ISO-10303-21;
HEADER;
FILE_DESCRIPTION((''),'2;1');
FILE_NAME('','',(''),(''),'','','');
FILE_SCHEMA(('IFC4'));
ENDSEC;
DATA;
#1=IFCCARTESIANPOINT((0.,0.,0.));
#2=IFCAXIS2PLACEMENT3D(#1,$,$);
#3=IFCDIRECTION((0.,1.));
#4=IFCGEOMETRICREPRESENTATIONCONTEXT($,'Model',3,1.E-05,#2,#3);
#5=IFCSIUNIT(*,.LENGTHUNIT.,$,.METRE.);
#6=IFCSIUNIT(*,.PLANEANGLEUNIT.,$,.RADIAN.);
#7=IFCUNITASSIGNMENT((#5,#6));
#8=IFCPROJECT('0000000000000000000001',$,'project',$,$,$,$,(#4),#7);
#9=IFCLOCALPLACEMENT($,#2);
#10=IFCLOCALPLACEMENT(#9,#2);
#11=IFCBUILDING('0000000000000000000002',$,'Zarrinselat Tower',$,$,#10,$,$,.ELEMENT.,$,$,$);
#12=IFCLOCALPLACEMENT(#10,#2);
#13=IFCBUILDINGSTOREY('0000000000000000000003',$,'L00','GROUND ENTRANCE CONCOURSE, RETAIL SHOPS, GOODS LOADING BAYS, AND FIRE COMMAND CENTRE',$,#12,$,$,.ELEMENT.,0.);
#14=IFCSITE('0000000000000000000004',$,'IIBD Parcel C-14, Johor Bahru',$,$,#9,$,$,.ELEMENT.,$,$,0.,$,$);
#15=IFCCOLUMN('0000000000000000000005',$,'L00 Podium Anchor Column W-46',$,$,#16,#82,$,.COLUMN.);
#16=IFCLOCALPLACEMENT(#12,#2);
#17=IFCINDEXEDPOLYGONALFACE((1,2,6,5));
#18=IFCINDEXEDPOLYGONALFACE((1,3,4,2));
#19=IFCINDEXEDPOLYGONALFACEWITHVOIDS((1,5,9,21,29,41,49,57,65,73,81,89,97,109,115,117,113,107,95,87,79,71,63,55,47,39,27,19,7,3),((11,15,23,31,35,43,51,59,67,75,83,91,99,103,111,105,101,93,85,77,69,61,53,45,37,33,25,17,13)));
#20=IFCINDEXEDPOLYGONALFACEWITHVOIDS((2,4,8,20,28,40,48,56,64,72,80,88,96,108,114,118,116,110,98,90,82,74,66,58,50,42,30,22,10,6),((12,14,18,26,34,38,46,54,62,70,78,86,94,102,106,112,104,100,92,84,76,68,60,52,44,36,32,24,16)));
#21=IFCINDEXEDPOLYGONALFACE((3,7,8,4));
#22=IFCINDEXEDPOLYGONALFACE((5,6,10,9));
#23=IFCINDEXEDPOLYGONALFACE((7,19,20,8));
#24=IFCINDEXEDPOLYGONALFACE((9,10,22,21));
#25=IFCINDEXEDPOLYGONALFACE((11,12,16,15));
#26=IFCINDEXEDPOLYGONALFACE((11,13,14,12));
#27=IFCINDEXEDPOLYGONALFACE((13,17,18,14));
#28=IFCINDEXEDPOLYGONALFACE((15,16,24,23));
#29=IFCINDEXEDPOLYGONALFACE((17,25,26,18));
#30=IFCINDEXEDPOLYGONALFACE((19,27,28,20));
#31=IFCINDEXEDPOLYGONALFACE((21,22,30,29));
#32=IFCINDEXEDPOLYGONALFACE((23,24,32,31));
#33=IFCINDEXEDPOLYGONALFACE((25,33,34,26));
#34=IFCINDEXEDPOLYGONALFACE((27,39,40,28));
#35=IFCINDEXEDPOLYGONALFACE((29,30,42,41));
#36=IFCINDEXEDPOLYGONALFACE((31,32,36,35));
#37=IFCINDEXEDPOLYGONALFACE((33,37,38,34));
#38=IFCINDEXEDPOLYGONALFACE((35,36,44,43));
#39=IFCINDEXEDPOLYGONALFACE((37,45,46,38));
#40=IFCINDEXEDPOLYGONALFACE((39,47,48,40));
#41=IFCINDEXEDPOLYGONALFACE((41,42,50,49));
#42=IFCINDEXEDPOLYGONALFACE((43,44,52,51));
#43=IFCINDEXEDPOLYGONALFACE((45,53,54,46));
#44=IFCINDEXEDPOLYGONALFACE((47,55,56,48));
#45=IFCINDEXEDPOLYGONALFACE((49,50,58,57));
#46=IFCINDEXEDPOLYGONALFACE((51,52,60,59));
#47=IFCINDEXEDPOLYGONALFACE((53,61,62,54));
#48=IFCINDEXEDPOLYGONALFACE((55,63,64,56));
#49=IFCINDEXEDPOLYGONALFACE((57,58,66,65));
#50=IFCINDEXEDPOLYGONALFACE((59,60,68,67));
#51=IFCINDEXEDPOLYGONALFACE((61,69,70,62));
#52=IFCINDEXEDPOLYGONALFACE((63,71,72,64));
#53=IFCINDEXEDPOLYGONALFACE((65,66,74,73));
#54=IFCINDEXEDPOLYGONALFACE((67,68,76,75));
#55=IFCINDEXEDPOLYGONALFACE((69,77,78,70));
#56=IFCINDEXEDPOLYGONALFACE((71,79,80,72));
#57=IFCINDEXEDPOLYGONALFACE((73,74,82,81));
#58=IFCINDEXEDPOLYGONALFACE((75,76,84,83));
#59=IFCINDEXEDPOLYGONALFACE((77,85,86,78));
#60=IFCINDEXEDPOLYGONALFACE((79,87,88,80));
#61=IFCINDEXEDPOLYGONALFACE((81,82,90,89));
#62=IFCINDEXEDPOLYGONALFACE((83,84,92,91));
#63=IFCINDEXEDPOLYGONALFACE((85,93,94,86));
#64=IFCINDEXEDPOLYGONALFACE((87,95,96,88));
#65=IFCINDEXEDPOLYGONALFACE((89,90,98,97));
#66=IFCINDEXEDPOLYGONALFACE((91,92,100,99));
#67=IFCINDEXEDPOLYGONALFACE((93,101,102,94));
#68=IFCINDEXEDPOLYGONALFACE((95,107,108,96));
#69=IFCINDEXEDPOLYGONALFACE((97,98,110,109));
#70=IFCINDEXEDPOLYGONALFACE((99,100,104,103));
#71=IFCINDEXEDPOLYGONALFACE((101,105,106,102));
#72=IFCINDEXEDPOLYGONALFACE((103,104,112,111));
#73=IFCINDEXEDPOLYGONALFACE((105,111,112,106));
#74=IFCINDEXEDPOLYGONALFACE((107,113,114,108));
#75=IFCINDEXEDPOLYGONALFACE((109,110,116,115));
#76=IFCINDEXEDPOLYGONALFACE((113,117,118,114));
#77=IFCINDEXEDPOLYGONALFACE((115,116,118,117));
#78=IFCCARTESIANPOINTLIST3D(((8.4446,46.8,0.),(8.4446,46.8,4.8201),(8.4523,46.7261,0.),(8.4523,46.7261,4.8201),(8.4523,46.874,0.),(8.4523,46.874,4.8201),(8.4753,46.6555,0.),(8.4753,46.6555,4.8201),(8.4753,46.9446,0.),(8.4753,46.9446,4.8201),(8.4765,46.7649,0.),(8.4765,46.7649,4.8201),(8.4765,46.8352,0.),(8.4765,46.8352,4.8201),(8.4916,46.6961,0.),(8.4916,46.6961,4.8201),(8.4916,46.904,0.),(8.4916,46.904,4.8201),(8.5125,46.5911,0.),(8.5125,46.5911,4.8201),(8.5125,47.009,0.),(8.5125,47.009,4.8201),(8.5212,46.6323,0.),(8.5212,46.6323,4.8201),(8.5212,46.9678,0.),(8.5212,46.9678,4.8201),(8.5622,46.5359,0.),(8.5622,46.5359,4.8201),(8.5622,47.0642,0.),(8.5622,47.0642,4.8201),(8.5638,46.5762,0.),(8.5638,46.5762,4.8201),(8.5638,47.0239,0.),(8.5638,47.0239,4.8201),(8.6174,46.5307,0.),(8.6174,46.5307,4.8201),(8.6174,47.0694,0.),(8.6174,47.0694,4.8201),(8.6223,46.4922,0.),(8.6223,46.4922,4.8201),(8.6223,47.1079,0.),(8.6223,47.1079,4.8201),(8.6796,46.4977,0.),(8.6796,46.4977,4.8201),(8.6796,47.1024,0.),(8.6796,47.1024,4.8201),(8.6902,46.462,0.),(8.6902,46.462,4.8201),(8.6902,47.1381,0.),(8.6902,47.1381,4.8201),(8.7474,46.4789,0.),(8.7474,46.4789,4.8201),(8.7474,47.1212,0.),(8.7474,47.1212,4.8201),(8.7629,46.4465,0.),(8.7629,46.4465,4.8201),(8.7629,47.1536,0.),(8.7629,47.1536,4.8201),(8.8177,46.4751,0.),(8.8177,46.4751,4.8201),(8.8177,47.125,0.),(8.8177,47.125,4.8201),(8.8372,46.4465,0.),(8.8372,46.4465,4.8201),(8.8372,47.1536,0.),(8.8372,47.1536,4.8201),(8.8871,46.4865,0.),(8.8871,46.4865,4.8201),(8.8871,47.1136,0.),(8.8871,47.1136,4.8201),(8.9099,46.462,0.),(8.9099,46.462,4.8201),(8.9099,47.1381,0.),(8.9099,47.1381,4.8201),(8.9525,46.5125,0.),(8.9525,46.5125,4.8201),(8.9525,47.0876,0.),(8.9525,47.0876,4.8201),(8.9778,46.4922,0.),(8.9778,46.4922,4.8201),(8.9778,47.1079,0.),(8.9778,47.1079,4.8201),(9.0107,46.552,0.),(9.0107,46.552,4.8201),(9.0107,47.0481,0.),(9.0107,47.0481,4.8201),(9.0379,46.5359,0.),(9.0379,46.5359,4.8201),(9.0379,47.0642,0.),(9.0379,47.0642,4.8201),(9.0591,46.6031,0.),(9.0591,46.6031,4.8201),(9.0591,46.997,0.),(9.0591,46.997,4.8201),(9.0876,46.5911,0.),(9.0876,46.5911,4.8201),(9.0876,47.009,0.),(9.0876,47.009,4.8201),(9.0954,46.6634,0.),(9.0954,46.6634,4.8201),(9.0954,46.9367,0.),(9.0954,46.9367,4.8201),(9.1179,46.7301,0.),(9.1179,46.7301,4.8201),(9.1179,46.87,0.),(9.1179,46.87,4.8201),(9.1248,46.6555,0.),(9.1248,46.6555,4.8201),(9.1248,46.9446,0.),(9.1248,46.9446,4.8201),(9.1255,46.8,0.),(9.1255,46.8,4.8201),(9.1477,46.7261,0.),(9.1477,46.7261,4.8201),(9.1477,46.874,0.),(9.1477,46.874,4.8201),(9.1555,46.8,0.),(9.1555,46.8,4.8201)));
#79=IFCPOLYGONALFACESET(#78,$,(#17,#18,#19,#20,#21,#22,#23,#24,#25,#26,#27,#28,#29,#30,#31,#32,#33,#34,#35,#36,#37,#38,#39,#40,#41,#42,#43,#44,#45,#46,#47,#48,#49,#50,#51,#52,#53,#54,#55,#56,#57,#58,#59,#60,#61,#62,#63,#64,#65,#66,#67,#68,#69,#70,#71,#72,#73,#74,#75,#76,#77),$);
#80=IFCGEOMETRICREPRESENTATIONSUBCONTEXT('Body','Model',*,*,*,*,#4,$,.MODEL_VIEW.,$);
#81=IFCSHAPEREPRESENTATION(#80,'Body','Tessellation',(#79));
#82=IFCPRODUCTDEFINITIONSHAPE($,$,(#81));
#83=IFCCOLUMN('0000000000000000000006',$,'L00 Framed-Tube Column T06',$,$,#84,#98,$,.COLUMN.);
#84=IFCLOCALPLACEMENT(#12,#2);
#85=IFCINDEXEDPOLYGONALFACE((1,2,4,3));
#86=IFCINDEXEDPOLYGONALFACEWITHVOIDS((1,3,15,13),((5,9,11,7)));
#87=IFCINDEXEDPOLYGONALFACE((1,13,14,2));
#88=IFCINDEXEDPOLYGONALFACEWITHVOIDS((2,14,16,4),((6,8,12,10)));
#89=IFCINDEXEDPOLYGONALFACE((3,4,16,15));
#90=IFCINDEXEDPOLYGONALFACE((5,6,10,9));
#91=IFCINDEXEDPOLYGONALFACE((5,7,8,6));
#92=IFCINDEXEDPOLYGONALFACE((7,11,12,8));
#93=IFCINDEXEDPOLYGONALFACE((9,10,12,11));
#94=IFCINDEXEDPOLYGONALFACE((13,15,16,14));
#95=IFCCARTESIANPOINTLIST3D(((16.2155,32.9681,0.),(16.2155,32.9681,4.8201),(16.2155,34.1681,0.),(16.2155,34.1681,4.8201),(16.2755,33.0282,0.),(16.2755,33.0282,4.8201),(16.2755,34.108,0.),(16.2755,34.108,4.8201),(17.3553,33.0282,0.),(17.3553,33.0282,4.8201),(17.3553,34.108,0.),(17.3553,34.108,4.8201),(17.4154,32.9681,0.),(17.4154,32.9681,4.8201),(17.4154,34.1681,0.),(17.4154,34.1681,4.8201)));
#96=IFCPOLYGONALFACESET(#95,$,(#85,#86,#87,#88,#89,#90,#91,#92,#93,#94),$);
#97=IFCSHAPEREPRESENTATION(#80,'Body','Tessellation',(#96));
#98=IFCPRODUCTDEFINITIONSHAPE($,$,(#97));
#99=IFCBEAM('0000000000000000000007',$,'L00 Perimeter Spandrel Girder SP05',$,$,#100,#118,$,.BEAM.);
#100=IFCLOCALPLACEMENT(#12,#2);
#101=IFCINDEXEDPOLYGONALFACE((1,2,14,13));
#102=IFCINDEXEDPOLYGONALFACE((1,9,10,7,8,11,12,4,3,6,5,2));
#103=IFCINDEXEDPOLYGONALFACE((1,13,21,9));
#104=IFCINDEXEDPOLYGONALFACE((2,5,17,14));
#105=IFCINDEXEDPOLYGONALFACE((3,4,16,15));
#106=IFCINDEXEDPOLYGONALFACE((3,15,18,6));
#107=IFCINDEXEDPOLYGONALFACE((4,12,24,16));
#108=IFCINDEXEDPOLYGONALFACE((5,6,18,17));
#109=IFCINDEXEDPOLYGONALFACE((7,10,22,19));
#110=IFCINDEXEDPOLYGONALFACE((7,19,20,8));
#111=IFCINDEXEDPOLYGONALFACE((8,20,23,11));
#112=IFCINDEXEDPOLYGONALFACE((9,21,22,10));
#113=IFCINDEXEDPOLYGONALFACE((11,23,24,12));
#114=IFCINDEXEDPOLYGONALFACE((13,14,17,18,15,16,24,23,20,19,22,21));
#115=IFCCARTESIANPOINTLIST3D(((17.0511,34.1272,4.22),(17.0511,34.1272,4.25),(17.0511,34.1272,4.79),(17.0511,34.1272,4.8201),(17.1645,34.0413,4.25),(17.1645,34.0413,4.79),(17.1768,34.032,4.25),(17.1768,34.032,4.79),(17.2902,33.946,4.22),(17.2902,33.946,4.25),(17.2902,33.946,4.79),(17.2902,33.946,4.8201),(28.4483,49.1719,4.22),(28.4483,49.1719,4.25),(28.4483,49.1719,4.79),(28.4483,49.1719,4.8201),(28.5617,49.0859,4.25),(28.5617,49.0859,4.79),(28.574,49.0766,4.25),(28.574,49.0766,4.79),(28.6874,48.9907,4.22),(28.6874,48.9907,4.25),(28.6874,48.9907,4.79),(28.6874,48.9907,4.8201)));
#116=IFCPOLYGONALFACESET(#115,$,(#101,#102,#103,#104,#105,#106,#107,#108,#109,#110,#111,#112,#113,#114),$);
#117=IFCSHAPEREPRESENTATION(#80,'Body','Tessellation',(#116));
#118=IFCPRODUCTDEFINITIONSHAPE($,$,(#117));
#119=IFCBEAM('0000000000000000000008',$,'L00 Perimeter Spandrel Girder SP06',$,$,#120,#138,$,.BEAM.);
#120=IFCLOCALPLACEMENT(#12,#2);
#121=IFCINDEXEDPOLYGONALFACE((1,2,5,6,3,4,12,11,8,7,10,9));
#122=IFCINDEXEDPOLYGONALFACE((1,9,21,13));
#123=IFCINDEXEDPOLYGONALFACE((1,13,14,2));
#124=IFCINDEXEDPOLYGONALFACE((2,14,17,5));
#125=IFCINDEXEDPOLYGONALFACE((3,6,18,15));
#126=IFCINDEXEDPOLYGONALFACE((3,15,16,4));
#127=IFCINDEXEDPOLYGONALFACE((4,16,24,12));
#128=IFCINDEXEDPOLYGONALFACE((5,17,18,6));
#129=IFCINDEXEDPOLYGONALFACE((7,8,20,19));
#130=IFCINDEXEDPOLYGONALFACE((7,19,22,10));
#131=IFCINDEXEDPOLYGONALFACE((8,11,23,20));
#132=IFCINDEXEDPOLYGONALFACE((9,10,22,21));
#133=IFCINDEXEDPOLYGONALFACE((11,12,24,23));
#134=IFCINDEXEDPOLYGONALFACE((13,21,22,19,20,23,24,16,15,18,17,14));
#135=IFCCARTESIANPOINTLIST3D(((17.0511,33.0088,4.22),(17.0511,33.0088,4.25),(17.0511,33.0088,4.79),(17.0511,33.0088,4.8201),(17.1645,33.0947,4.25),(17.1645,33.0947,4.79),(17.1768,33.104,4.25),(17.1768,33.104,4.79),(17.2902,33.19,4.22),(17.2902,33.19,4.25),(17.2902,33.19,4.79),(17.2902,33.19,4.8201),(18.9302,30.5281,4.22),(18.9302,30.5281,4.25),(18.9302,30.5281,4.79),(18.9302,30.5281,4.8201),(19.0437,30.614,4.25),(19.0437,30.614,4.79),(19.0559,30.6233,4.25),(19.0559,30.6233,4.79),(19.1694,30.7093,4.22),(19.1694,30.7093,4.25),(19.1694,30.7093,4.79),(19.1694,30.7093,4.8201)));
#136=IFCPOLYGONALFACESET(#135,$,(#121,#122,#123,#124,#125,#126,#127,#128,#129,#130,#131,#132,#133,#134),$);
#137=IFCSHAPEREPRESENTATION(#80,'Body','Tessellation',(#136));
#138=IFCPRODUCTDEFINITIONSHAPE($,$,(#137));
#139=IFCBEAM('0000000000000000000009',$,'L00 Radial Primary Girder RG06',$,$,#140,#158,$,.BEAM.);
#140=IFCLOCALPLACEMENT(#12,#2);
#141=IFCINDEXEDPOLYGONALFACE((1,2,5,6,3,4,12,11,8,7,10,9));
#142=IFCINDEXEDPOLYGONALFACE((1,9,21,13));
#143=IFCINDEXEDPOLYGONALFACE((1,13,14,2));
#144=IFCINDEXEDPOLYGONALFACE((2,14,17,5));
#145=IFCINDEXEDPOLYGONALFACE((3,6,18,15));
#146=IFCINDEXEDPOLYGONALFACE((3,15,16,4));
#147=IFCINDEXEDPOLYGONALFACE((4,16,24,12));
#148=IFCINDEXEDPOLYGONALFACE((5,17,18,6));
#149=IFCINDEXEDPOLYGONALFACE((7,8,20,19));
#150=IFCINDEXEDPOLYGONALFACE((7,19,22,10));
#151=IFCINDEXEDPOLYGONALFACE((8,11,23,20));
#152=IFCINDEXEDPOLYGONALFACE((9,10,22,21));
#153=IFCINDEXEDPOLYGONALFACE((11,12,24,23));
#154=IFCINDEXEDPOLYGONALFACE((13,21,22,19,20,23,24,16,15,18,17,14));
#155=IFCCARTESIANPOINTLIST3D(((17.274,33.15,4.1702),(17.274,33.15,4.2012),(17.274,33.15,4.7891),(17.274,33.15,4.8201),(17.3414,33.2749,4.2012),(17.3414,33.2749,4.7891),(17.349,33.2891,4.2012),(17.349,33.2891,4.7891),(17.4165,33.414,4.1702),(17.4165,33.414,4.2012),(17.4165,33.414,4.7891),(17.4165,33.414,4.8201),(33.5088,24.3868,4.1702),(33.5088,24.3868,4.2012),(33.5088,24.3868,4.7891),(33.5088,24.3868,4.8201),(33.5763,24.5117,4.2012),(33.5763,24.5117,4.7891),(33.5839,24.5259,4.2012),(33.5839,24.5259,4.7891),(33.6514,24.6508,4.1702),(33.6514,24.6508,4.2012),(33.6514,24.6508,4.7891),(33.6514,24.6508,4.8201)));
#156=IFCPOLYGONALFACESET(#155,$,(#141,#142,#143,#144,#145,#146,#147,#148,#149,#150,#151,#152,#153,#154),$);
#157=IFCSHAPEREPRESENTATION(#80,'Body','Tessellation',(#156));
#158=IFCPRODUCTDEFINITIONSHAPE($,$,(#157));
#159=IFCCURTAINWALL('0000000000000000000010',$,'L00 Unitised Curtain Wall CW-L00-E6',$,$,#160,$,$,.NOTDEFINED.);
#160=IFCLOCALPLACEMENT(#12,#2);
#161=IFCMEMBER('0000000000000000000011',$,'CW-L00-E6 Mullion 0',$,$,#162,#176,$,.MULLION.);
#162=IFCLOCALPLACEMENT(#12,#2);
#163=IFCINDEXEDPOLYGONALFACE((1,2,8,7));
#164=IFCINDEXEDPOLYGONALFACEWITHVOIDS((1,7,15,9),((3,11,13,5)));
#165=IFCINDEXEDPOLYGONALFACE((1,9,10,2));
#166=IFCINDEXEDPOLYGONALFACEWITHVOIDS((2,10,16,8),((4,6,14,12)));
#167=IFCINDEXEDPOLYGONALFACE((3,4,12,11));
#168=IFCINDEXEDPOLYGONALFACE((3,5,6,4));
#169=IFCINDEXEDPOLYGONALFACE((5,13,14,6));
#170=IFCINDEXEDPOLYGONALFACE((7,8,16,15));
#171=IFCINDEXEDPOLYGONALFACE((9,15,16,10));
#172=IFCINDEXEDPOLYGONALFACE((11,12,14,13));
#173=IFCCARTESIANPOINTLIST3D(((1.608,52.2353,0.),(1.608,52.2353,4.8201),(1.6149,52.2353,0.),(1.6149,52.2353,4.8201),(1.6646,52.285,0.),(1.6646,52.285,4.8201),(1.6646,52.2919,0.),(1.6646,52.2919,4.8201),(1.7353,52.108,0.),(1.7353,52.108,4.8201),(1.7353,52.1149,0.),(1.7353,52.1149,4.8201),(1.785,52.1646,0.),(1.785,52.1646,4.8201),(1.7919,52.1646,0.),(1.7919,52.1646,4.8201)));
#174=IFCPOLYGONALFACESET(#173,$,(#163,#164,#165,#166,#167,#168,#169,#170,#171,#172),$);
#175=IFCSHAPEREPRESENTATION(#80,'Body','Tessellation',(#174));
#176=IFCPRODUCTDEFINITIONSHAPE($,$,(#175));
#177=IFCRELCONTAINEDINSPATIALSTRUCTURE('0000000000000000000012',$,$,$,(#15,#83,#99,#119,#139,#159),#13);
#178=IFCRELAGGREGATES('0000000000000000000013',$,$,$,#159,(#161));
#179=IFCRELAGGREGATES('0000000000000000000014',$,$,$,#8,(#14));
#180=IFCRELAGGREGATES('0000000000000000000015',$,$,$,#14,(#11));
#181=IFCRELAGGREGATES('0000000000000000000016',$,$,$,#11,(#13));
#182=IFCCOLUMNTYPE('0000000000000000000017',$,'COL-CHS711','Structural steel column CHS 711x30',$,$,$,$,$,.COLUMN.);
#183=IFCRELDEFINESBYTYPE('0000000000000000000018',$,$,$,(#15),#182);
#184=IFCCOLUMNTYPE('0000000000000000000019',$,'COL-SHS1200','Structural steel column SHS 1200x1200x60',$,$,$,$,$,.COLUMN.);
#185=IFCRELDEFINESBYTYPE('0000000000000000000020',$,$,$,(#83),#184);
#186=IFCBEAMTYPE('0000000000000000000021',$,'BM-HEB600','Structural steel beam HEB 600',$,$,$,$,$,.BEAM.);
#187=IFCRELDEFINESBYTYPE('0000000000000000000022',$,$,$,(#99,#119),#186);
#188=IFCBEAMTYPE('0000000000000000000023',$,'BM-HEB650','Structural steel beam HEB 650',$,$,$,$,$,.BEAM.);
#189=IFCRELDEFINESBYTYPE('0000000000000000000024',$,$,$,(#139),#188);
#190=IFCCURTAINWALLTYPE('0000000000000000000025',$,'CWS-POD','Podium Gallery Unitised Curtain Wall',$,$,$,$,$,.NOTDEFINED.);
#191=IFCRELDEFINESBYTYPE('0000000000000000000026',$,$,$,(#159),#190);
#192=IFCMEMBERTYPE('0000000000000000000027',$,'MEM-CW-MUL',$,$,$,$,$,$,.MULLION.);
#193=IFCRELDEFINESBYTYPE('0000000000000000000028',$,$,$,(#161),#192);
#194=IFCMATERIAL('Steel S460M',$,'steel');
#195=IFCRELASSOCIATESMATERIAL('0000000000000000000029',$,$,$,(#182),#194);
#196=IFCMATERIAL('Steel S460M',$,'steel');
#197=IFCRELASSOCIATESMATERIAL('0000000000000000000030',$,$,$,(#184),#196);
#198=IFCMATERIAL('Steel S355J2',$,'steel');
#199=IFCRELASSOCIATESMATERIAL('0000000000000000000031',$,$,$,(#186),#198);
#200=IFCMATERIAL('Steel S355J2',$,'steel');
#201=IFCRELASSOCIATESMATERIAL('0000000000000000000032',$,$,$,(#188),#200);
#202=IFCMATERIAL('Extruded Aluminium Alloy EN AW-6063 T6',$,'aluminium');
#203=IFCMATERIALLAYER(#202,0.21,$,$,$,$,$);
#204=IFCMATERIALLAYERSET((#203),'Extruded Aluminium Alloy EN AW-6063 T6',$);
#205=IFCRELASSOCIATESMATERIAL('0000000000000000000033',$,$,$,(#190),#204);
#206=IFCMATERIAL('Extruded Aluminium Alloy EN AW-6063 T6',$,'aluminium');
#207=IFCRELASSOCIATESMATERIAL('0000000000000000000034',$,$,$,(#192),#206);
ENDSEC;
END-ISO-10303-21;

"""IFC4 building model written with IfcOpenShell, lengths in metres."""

from ifc_helpers import new_model, si_unit, direction, frame, origin, origin_2d, place, context, subcontext, project, spatial, hollow_rectangle, hollow_circle, i_section, extrude, material, layer, layer_set, material_profile, profile_set, type_object, element, aggregate, save


model = new_model("IFC4")

# Units and contexts
model_context = context("Model", 3, precision=1e-05, world=origin(), true_north=direction((0.0, 1.0)))
body_context = subcontext(model_context, "Body", "Model", "MODEL_VIEW")
ifc_project = project(units=[si_unit("LENGTHUNIT", "METRE"), si_unit("PLANEANGLEUNIT", "RADIAN")], contexts=[model_context])

# Site, building, storey
site_placement = place(None, origin())
site = spatial("IfcSite", under=ifc_project, at=site_placement, Name="IIBD Parcel C-14, Johor Bahru", CompositionType="ELEMENT", RefElevation=0.0)
building_placement = place(site_placement, origin())
building = spatial("IfcBuilding", under=site, at=building_placement, Name="Zarrinselat Tower", CompositionType="ELEMENT")
storey_placement = place(building_placement, origin())
storey = spatial("IfcBuildingStorey", under=building, at=storey_placement, Name="L00", Description="GROUND ENTRANCE CONCOURSE, RETAIL SHOPS, GOODS LOADING BAYS, AND FIRE COMMAND CENTRE", CompositionType="ELEMENT", Elevation=0.0)

# Columns
ifc_material_1 = material(Name="Steel S460M", Category="steel")
ifc_material_profile_1 = material_profile(ifc_material_1, hollow_circle(Radius=0.3555, WallThickness=0.03, at=origin_2d()), Name="CHS 711x30")
ifc_profile_set_1 = profile_set([ifc_material_profile_1], Name="Steel S460M")
column_type_1 = type_object("IfcColumnType", Name="COL-CHS711", Description="Structural steel column CHS 711x30", PredefinedType="COLUMN", material=ifc_profile_set_1)
for number, where, z_axis, x_axis, name in (
    (1, (8.8, 46.8, 0.0), (0.0, 0.0, 1.0), (1.0, 0.0, 0.0), "L00 Podium Anchor Column W-46"),
):
    element("IfcColumn", number, at=place(storey_placement, frame(where, z_axis=z_axis, x_axis=x_axis)), inside=storey, type_object=column_type_1, Name=name, PredefinedType="COLUMN", context=body_context, shape_type="SweptSolid", body=[
        extrude(hollow_circle(Radius=0.3555, WallThickness=0.03, at=origin_2d()), origin(), (0.0, 0.0, 1.0), 4.8201),
    ])
ifc_material_2 = material(Name="Steel S460M", Category="steel")
ifc_material_profile_2 = material_profile(ifc_material_2, hollow_rectangle(XDim=1.2, YDim=1.2, WallThickness=0.0601, at=origin_2d()), Name="SHS 1200x1200x60")
ifc_profile_set_2 = profile_set([ifc_material_profile_2], Name="Steel S460M")
column_type_2 = type_object("IfcColumnType", Name="COL-SHS1200", Description="Structural steel column SHS 1200x1200x60", PredefinedType="COLUMN", material=ifc_profile_set_2)
column_1_placement = place(storey_placement, frame((16.8154, 33.5681, 0.0), z_axis=(0.0, 0.0, 1.0), x_axis=(1.0, 0.0, 0.0)))
element("IfcColumn", 2, at=column_1_placement, inside=storey, type_object=column_type_2, Name="L00 Framed-Tube Column T06", PredefinedType="COLUMN", context=body_context, shape_type="SweptSolid", body=[
    extrude(hollow_rectangle(XDim=1.2, YDim=1.2, WallThickness=0.0601, at=origin_2d()), origin(), (0.0, 0.0, 1.0), 4.8201),
])

# Beams
ifc_material_3 = material(Name="Steel S355J2", Category="steel")
ifc_material_profile_3 = material_profile(ifc_material_3, i_section(OverallWidth=0.3, OverallDepth=0.6001, WebThickness=0.0154, FlangeThickness=0.03, at=origin_2d()), Name="HEB 600")
ifc_profile_set_3 = profile_set([ifc_material_profile_3], Name="Steel S355J2")
beam_type_1 = type_object("IfcBeamType", Name="BM-HEB600", Description="Structural steel beam HEB 600", PredefinedType="BEAM", material=ifc_profile_set_3)
beam_1_placement = place(storey_placement, frame((17.1707, 34.0366, 4.52), z_axis=(0.603849, 0.797099, 0.0), x_axis=(-0.797099, 0.603849, 0.0)))
element("IfcBeam", 3, at=beam_1_placement, inside=storey, type_object=beam_type_1, Name="L00 Perimeter Spandrel Girder SP05", PredefinedType="BEAM", context=body_context, shape_type="SweptSolid", body=[
    extrude(i_section(OverallWidth=0.3, OverallDepth=0.6001, WebThickness=0.0154, FlangeThickness=0.03, at=origin_2d()), origin(), (0.0, 0.0, 1.0), 18.8743),
])
beam_2_placement = place(storey_placement, frame((17.1707, 33.0994, 4.52), z_axis=(0.603821, -0.79712, 0.0), x_axis=(0.79712, 0.603821, 0.0)))
element("IfcBeam", 4, at=beam_2_placement, inside=storey, type_object=beam_type_1, Name="L00 Perimeter Spandrel Girder SP06", PredefinedType="BEAM", context=body_context, shape_type="SweptSolid", body=[
    extrude(i_section(OverallWidth=0.3, OverallDepth=0.6001, WebThickness=0.0154, FlangeThickness=0.03, at=origin_2d()), origin(), (0.0, 0.0, 1.0), 3.1121),
])
ifc_material_4 = material(Name="Steel S355J2", Category="steel")
ifc_material_profile_4 = material_profile(ifc_material_4, i_section(OverallWidth=0.3, OverallDepth=0.6499, WebThickness=0.0161, FlangeThickness=0.031, at=origin_2d()), Name="HEB 650")
ifc_profile_set_4 = profile_set([ifc_material_profile_4], Name="Steel S355J2")
beam_type_2 = type_object("IfcBeamType", Name="BM-HEB650", Description="Structural steel beam HEB 650", PredefinedType="BEAM", material=ifc_profile_set_4)
beam_3_placement = place(storey_placement, frame((17.3452, 33.282, 4.4951), z_axis=(0.879988, -0.474996, 0.0), x_axis=(0.474996, 0.879988, 0.0)))
element("IfcBeam", 5, at=beam_3_placement, inside=storey, type_object=beam_type_2, Name="L00 Radial Primary Girder RG06", PredefinedType="BEAM", context=body_context, shape_type="SweptSolid", body=[
    extrude(i_section(OverallWidth=0.3, OverallDepth=0.6499, WebThickness=0.0161, FlangeThickness=0.031, at=origin_2d()), origin(), (0.0, 0.0, 1.0), 18.449),
])

# Curtain wall, member
ifc_material_5 = material(Name="Extruded Aluminium Alloy EN AW-6063 T6", Category="aluminium")
ifc_layer_1 = layer(ifc_material_5, 0.21)
ifc_layer_set_1 = layer_set([ifc_layer_1], Name="Extruded Aluminium Alloy EN AW-6063 T6")
curtain_wall_type = type_object("IfcCurtainWallType", Name="CWS-POD", Description="Podium Gallery Unitised Curtain Wall", PredefinedType="NOTDEFINED", material=ifc_layer_set_1)
curtain_wall_placement = place(storey_placement, origin())
curtain_wall = element("IfcCurtainWall", 6, at=curtain_wall_placement, inside=storey, type_object=curtain_wall_type, Name="L00 Unitised Curtain Wall CW-L00-E6", PredefinedType="NOTDEFINED")
ifc_material_6 = material(Name="Extruded Aluminium Alloy EN AW-6063 T6", Category="aluminium")
ifc_material_profile_5 = material_profile(ifc_material_6, hollow_rectangle(XDim=0.0801, YDim=0.1799, WallThickness=0.0049, at=origin_2d()), Name="RHS 180x80x5")
ifc_profile_set_5 = profile_set([ifc_material_profile_5], Name="Extruded Aluminium Alloy EN AW-6063 T6")
member_type = type_object("IfcMemberType", Name="MEM-CW-MUL", PredefinedType="MULLION", material=ifc_profile_set_5)
member_placement = place(storey_placement, frame((1.7, 52.2, 0.0), z_axis=(0.0, 0.0, 1.0), x_axis=(-0.707107, -0.707107, 0.0)))
member = element("IfcMember", 7, at=member_placement, type_object=member_type, Name="CW-L00-E6 Mullion 0", PredefinedType="MULLION", context=body_context, shape_type="SweptSolid", body=[
    extrude(hollow_rectangle(XDim=0.0801, YDim=0.1799, WallThickness=0.0049, at=origin_2d()), origin(), (0.0, 0.0, 1.0), 4.8201),
])
aggregate(curtain_wall, [member])

save(model, "model.ifc")
